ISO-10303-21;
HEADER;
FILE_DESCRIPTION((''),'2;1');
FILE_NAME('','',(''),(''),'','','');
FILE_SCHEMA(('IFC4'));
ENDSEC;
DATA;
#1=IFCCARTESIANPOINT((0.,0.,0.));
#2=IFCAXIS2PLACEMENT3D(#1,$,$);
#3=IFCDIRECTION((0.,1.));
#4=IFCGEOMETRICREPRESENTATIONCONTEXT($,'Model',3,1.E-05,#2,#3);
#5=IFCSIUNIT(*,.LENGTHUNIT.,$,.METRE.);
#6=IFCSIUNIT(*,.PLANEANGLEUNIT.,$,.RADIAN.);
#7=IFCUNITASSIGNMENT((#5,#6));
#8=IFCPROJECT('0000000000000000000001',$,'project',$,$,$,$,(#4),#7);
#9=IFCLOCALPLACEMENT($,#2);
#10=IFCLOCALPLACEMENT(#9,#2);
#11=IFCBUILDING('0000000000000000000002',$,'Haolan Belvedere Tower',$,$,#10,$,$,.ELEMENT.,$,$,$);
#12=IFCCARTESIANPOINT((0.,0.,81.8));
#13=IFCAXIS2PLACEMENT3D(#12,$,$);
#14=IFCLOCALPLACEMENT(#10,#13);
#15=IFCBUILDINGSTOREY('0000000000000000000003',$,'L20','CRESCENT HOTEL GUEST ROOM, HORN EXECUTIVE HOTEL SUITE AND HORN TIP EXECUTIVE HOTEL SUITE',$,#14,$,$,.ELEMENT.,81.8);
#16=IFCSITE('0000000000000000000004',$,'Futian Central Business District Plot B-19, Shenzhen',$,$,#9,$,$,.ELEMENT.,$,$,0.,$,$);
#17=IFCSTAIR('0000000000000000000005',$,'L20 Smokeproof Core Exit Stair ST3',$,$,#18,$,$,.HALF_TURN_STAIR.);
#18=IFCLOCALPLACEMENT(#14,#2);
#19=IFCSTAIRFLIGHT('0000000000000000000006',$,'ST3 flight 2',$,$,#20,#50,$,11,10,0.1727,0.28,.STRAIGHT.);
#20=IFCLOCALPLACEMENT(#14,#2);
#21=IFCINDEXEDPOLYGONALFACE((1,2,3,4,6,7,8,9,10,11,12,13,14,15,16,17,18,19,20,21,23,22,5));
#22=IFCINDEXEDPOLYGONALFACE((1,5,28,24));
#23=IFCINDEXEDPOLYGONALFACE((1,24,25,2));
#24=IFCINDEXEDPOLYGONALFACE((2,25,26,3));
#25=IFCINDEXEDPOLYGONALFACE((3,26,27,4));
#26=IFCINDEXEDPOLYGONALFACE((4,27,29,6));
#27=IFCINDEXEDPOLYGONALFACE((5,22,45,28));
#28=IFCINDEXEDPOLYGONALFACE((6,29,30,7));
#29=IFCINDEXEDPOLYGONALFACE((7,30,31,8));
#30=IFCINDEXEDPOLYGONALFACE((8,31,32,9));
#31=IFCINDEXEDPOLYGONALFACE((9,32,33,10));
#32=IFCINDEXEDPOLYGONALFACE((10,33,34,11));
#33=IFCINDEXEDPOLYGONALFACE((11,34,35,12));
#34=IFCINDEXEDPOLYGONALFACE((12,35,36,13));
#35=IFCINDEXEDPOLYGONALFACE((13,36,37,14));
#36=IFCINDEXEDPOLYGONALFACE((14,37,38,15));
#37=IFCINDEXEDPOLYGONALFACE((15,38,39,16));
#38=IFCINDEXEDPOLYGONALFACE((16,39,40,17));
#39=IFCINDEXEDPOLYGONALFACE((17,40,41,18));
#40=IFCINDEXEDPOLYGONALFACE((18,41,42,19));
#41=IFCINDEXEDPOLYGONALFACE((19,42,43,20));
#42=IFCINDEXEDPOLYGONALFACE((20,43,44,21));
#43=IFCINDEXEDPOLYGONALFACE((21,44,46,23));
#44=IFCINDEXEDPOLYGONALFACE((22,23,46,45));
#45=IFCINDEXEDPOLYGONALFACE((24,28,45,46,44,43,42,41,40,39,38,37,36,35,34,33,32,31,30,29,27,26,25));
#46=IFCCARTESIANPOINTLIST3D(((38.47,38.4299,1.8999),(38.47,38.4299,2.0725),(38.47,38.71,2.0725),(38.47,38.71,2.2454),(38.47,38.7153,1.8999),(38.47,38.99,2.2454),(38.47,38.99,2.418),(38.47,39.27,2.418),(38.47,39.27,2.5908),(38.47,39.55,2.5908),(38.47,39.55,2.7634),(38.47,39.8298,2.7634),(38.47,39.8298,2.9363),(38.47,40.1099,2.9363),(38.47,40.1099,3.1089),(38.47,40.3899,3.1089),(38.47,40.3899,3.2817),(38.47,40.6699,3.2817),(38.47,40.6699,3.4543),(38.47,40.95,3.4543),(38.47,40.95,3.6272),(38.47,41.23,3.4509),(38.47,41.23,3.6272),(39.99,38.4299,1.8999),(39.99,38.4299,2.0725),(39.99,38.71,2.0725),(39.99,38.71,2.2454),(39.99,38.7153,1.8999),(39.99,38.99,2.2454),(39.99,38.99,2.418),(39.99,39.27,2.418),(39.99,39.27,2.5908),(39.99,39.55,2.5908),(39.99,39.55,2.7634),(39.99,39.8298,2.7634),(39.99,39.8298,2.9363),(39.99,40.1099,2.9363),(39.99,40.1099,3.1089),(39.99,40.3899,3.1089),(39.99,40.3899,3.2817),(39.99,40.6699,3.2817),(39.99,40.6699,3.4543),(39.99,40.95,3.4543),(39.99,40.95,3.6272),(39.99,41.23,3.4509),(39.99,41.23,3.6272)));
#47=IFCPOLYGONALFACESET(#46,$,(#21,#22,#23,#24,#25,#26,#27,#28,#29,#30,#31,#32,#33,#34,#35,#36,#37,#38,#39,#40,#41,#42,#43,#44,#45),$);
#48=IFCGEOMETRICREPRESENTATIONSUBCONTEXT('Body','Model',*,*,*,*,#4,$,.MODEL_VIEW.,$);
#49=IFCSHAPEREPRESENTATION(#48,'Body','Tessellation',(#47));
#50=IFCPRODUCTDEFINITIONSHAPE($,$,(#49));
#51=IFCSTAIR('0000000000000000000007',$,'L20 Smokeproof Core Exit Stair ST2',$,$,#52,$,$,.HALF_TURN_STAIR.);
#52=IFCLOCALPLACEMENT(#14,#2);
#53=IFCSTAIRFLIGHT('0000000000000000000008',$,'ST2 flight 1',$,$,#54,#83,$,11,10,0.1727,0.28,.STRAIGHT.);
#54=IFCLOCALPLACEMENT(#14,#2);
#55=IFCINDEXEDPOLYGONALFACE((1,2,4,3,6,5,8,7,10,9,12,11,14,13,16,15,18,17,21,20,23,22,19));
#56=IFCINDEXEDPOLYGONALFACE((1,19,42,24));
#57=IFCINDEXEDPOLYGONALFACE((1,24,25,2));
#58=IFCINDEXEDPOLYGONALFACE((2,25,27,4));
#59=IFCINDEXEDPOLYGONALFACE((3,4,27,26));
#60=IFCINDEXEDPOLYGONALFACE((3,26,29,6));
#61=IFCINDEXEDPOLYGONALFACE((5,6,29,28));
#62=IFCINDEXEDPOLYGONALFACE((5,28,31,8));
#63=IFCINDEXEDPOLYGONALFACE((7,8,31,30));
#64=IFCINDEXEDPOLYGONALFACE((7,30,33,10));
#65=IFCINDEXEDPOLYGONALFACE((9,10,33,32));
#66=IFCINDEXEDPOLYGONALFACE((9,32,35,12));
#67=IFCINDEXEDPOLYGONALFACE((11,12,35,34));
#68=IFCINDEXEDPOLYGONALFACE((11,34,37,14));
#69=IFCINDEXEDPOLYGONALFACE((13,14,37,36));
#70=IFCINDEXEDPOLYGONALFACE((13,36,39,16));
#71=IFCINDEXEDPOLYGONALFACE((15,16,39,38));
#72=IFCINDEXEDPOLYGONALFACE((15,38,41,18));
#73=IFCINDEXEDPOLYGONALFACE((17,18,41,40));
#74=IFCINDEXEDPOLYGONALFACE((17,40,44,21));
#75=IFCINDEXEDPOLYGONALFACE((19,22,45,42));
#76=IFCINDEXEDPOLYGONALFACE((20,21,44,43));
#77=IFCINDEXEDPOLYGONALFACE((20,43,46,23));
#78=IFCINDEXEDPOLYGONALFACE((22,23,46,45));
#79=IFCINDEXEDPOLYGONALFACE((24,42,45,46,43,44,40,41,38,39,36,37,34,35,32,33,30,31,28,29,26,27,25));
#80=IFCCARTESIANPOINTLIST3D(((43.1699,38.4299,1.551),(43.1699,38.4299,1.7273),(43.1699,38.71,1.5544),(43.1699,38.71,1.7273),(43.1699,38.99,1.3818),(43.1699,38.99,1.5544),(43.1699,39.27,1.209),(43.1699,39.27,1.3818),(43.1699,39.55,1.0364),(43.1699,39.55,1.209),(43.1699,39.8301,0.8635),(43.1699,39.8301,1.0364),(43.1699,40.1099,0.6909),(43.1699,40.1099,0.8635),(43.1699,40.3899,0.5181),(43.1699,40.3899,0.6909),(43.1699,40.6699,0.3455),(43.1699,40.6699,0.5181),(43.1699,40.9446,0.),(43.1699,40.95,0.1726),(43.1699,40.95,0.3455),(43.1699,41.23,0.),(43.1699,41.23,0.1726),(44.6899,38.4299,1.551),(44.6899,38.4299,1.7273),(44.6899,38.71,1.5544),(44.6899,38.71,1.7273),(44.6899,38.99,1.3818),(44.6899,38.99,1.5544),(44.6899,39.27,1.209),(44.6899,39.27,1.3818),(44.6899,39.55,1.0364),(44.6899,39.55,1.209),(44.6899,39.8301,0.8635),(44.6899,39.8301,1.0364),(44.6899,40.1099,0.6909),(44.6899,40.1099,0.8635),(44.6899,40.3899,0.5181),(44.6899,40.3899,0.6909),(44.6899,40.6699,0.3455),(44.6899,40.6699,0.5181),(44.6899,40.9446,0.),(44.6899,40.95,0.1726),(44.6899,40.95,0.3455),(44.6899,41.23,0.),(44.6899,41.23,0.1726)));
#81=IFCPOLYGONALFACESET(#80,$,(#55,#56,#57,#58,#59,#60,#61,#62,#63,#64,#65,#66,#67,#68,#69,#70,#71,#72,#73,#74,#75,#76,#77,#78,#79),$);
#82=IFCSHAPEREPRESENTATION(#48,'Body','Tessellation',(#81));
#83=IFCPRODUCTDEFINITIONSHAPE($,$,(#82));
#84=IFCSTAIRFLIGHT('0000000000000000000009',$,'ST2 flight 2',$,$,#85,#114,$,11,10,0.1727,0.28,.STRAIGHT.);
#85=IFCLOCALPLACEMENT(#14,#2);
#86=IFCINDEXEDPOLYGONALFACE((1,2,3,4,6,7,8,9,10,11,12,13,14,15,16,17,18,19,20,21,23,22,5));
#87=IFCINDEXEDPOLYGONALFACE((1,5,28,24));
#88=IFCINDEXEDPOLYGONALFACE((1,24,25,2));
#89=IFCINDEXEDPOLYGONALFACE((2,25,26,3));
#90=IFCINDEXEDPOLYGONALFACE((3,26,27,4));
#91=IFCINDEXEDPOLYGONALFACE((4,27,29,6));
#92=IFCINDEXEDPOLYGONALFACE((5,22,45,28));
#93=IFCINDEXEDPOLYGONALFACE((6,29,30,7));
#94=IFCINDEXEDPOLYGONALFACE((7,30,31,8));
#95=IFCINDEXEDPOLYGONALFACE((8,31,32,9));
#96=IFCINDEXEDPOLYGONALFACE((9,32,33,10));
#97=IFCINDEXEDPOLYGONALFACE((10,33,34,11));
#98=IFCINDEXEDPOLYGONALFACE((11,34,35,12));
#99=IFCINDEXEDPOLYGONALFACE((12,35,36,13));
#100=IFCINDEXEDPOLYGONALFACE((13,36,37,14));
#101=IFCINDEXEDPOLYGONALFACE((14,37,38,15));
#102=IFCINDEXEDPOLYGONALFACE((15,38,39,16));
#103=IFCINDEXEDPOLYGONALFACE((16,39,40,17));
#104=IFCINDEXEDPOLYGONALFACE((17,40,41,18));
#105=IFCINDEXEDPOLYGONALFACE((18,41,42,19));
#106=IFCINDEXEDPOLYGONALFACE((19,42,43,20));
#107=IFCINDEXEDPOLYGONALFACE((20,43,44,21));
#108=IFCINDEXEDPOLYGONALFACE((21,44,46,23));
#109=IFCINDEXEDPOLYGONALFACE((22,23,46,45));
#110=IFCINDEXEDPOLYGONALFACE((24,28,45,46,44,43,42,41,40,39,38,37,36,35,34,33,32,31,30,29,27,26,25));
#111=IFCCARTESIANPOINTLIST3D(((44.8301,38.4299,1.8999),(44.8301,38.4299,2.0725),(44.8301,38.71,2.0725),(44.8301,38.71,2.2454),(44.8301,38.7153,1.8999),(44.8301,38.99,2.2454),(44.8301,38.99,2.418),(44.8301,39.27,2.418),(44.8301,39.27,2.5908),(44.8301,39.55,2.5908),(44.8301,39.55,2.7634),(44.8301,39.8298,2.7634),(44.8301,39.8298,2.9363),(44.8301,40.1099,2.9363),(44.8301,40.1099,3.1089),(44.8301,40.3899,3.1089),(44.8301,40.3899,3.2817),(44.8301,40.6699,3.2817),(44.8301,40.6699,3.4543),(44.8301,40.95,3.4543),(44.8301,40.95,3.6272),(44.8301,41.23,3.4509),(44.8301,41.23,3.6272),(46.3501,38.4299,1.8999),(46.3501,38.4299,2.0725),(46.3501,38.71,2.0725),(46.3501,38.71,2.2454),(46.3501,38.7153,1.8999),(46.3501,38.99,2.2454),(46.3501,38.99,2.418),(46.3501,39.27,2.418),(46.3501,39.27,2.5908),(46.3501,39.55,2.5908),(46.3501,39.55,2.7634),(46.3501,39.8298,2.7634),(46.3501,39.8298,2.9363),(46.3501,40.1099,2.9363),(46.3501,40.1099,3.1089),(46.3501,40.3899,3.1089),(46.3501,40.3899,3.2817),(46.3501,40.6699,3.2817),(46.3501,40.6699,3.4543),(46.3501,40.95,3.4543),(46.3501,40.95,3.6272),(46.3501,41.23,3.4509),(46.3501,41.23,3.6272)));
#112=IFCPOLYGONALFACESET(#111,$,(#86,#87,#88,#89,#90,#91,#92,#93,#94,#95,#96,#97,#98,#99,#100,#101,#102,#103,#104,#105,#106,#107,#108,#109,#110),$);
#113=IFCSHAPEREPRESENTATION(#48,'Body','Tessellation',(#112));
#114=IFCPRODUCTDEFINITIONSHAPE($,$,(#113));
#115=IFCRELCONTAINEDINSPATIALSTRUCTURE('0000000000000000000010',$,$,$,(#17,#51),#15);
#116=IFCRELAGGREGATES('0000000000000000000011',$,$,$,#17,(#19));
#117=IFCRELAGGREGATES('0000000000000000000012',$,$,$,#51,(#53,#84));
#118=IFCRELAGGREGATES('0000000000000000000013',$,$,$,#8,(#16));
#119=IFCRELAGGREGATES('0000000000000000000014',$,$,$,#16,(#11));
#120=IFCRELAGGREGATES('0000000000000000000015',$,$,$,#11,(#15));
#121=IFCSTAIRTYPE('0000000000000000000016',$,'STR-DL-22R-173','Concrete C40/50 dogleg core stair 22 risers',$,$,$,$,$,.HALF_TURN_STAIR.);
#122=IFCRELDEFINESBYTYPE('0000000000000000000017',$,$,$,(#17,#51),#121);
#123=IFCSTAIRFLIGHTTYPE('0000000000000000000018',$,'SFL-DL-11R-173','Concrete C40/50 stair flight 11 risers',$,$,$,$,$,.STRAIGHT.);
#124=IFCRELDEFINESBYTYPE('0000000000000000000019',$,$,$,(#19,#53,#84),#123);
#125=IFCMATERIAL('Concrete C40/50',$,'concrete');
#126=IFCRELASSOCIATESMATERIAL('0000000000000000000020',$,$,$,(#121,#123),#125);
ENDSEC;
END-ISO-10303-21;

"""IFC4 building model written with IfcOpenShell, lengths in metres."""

from ifc_helpers import new_model, si_unit, direction, frame, origin, place, context, subcontext, project, spatial, polyline, outline, extrude, material, type_object, element, aggregate, save


model = new_model("IFC4")

# Units and contexts
model_context = context("Model", 3, precision=1e-05, world=origin(), true_north=direction((0.0, 1.0)))
body_context = subcontext(model_context, "Body", "Model", "MODEL_VIEW")
ifc_project = project(units=[si_unit("LENGTHUNIT", "METRE"), si_unit("PLANEANGLEUNIT", "RADIAN")], contexts=[model_context])

# Site, building, storey
site_placement = place(None, origin())
site = spatial("IfcSite", under=ifc_project, at=site_placement, Name="Futian Central Business District Plot B-19, Shenzhen", CompositionType="ELEMENT", RefElevation=0.0)
building_placement = place(site_placement, origin())
building = spatial("IfcBuilding", under=site, at=building_placement, Name="Haolan Belvedere Tower", CompositionType="ELEMENT")
storey_placement = place(building_placement, frame((0.0, 0.0, 81.8)))
storey = spatial("IfcBuildingStorey", under=building, at=storey_placement, Name="L20", Description="CRESCENT HOTEL GUEST ROOM, HORN EXECUTIVE HOTEL SUITE AND HORN TIP EXECUTIVE HOTEL SUITE", CompositionType="ELEMENT", Elevation=81.8)

# Stair, stair flight
ifc_material_1 = material(Name="Concrete C40/50", Category="concrete")
stair_type = type_object("IfcStairType", Name="STR-DL-22R-173", Description="Concrete C40/50 dogleg core stair 22 risers", PredefinedType="HALF_TURN_STAIR", material=ifc_material_1)
stair_1_placement = place(storey_placement, origin())
stair_1 = element("IfcStair", 1, at=stair_1_placement, inside=storey, type_object=stair_type, Name="L20 Smokeproof Core Exit Stair ST3", PredefinedType="HALF_TURN_STAIR")
stair_flight_type = type_object("IfcStairFlightType", Name="SFL-DL-11R-173", Description="Concrete C40/50 stair flight 11 risers", PredefinedType="STRAIGHT", material=ifc_material_1)
stair_flight_1_placement = place(storey_placement, frame((39.23, 38.4299, 1.8999), z_axis=(0.0, 0.0, 1.0), x_axis=(0.0, 1.0, 0.0)))
stair_flight_1 = element("IfcStairFlight", 2, at=stair_flight_1_placement, type_object=stair_flight_type, Name="ST3 flight 2", NumberOfRisers=11, NumberOfTreads=10, PredefinedType="STRAIGHT", RiserHeight=0.1727, TreadLength=0.28, context=body_context, shape_type="SweptSolid", body=[
    extrude(outline(polyline([(0.0, 0.0), (0.0, 0.1726), (0.28, 0.1726), (0.28, 0.3455), (0.5601, 0.3455), (0.5601, 0.5181), (0.8401, 0.5181), (0.8401, 0.6909), (1.1201, 0.6909), (1.1201, 0.8635), (1.3999, 0.8635), (1.3999, 1.0364), (1.6799, 1.0364), (1.6799, 1.209), (1.96, 1.209), (1.96, 1.3818), (2.24, 1.3818), (2.24, 1.5544), (2.52, 1.5544), (2.52, 1.7273), (2.8, 1.7273), (2.8, 1.8999), (2.8, 1.551), (0.2854, 0.0), (0.0, 0.0)])), frame((0.0, 0.76, 0.0), z_axis=(0.0, -1.0, 0.0), x_axis=(1.0, 0.0, 0.0)), (0.0, 0.0, 1.0), 1.52),
])
aggregate(stair_1, [stair_flight_1])

# Stair, stair flights
stair_2_placement = place(storey_placement, origin())
stair_2 = element("IfcStair", 3, at=stair_2_placement, inside=storey, type_object=stair_type, Name="L20 Smokeproof Core Exit Stair ST2", PredefinedType="HALF_TURN_STAIR")
stair_flight_2_placement = place(storey_placement, frame((43.9299, 41.23, 0.0), z_axis=(0.0, 0.0, 1.0), x_axis=(0.0, -1.0, 0.0)))
stair_flight_2 = element("IfcStairFlight", 4, at=stair_flight_2_placement, type_object=stair_flight_type, Name="ST2 flight 1", NumberOfRisers=11, NumberOfTreads=10, PredefinedType="STRAIGHT", RiserHeight=0.1727, TreadLength=0.28, context=body_context, shape_type="SweptSolid", body=[
    extrude(outline(polyline([(0.0, 0.0), (0.0, 0.1726), (0.28, 0.1726), (0.28, 0.3455), (0.5601, 0.3455), (0.5601, 0.5181), (0.8401, 0.5181), (0.8401, 0.6909), (1.1201, 0.6909), (1.1201, 0.8635), (1.3999, 0.8635), (1.3999, 1.0364), (1.6799, 1.0364), (1.6799, 1.209), (1.96, 1.209), (1.96, 1.3818), (2.24, 1.3818), (2.24, 1.5544), (2.52, 1.5544), (2.52, 1.7273), (2.8, 1.7273), (2.8, 1.8999), (2.8, 1.551), (0.2854, 0.0), (0.0, 0.0)])), frame((0.0, 0.76, 0.0), z_axis=(0.0, -1.0, 0.0), x_axis=(1.0, 0.0, 0.0)), (0.0, 0.0, 1.0), 1.52),
])
stair_flight_3_placement = place(storey_placement, frame((45.5901, 38.4299, 1.8999), z_axis=(0.0, 0.0, 1.0), x_axis=(0.0, 1.0, 0.0)))
stair_flight_3 = element("IfcStairFlight", 5, at=stair_flight_3_placement, type_object=stair_flight_type, Name="ST2 flight 2", NumberOfRisers=11, NumberOfTreads=10, PredefinedType="STRAIGHT", RiserHeight=0.1727, TreadLength=0.28, context=body_context, shape_type="SweptSolid", body=[
    extrude(outline(polyline([(0.0, 0.0), (0.0, 0.1726), (0.28, 0.1726), (0.28, 0.3455), (0.5601, 0.3455), (0.5601, 0.5181), (0.8401, 0.5181), (0.8401, 0.6909), (1.1201, 0.6909), (1.1201, 0.8635), (1.3999, 0.8635), (1.3999, 1.0364), (1.6799, 1.0364), (1.6799, 1.209), (1.96, 1.209), (1.96, 1.3818), (2.24, 1.3818), (2.24, 1.5544), (2.52, 1.5544), (2.52, 1.7273), (2.8, 1.7273), (2.8, 1.8999), (2.8, 1.551), (0.2854, 0.0), (0.0, 0.0)])), frame((0.0, 0.76, 0.0), z_axis=(0.0, -1.0, 0.0), x_axis=(1.0, 0.0, 0.0)), (0.0, 0.0, 1.0), 1.52),
])
aggregate(stair_2, [stair_flight_2, stair_flight_3])

save(model, "model.ifc")
